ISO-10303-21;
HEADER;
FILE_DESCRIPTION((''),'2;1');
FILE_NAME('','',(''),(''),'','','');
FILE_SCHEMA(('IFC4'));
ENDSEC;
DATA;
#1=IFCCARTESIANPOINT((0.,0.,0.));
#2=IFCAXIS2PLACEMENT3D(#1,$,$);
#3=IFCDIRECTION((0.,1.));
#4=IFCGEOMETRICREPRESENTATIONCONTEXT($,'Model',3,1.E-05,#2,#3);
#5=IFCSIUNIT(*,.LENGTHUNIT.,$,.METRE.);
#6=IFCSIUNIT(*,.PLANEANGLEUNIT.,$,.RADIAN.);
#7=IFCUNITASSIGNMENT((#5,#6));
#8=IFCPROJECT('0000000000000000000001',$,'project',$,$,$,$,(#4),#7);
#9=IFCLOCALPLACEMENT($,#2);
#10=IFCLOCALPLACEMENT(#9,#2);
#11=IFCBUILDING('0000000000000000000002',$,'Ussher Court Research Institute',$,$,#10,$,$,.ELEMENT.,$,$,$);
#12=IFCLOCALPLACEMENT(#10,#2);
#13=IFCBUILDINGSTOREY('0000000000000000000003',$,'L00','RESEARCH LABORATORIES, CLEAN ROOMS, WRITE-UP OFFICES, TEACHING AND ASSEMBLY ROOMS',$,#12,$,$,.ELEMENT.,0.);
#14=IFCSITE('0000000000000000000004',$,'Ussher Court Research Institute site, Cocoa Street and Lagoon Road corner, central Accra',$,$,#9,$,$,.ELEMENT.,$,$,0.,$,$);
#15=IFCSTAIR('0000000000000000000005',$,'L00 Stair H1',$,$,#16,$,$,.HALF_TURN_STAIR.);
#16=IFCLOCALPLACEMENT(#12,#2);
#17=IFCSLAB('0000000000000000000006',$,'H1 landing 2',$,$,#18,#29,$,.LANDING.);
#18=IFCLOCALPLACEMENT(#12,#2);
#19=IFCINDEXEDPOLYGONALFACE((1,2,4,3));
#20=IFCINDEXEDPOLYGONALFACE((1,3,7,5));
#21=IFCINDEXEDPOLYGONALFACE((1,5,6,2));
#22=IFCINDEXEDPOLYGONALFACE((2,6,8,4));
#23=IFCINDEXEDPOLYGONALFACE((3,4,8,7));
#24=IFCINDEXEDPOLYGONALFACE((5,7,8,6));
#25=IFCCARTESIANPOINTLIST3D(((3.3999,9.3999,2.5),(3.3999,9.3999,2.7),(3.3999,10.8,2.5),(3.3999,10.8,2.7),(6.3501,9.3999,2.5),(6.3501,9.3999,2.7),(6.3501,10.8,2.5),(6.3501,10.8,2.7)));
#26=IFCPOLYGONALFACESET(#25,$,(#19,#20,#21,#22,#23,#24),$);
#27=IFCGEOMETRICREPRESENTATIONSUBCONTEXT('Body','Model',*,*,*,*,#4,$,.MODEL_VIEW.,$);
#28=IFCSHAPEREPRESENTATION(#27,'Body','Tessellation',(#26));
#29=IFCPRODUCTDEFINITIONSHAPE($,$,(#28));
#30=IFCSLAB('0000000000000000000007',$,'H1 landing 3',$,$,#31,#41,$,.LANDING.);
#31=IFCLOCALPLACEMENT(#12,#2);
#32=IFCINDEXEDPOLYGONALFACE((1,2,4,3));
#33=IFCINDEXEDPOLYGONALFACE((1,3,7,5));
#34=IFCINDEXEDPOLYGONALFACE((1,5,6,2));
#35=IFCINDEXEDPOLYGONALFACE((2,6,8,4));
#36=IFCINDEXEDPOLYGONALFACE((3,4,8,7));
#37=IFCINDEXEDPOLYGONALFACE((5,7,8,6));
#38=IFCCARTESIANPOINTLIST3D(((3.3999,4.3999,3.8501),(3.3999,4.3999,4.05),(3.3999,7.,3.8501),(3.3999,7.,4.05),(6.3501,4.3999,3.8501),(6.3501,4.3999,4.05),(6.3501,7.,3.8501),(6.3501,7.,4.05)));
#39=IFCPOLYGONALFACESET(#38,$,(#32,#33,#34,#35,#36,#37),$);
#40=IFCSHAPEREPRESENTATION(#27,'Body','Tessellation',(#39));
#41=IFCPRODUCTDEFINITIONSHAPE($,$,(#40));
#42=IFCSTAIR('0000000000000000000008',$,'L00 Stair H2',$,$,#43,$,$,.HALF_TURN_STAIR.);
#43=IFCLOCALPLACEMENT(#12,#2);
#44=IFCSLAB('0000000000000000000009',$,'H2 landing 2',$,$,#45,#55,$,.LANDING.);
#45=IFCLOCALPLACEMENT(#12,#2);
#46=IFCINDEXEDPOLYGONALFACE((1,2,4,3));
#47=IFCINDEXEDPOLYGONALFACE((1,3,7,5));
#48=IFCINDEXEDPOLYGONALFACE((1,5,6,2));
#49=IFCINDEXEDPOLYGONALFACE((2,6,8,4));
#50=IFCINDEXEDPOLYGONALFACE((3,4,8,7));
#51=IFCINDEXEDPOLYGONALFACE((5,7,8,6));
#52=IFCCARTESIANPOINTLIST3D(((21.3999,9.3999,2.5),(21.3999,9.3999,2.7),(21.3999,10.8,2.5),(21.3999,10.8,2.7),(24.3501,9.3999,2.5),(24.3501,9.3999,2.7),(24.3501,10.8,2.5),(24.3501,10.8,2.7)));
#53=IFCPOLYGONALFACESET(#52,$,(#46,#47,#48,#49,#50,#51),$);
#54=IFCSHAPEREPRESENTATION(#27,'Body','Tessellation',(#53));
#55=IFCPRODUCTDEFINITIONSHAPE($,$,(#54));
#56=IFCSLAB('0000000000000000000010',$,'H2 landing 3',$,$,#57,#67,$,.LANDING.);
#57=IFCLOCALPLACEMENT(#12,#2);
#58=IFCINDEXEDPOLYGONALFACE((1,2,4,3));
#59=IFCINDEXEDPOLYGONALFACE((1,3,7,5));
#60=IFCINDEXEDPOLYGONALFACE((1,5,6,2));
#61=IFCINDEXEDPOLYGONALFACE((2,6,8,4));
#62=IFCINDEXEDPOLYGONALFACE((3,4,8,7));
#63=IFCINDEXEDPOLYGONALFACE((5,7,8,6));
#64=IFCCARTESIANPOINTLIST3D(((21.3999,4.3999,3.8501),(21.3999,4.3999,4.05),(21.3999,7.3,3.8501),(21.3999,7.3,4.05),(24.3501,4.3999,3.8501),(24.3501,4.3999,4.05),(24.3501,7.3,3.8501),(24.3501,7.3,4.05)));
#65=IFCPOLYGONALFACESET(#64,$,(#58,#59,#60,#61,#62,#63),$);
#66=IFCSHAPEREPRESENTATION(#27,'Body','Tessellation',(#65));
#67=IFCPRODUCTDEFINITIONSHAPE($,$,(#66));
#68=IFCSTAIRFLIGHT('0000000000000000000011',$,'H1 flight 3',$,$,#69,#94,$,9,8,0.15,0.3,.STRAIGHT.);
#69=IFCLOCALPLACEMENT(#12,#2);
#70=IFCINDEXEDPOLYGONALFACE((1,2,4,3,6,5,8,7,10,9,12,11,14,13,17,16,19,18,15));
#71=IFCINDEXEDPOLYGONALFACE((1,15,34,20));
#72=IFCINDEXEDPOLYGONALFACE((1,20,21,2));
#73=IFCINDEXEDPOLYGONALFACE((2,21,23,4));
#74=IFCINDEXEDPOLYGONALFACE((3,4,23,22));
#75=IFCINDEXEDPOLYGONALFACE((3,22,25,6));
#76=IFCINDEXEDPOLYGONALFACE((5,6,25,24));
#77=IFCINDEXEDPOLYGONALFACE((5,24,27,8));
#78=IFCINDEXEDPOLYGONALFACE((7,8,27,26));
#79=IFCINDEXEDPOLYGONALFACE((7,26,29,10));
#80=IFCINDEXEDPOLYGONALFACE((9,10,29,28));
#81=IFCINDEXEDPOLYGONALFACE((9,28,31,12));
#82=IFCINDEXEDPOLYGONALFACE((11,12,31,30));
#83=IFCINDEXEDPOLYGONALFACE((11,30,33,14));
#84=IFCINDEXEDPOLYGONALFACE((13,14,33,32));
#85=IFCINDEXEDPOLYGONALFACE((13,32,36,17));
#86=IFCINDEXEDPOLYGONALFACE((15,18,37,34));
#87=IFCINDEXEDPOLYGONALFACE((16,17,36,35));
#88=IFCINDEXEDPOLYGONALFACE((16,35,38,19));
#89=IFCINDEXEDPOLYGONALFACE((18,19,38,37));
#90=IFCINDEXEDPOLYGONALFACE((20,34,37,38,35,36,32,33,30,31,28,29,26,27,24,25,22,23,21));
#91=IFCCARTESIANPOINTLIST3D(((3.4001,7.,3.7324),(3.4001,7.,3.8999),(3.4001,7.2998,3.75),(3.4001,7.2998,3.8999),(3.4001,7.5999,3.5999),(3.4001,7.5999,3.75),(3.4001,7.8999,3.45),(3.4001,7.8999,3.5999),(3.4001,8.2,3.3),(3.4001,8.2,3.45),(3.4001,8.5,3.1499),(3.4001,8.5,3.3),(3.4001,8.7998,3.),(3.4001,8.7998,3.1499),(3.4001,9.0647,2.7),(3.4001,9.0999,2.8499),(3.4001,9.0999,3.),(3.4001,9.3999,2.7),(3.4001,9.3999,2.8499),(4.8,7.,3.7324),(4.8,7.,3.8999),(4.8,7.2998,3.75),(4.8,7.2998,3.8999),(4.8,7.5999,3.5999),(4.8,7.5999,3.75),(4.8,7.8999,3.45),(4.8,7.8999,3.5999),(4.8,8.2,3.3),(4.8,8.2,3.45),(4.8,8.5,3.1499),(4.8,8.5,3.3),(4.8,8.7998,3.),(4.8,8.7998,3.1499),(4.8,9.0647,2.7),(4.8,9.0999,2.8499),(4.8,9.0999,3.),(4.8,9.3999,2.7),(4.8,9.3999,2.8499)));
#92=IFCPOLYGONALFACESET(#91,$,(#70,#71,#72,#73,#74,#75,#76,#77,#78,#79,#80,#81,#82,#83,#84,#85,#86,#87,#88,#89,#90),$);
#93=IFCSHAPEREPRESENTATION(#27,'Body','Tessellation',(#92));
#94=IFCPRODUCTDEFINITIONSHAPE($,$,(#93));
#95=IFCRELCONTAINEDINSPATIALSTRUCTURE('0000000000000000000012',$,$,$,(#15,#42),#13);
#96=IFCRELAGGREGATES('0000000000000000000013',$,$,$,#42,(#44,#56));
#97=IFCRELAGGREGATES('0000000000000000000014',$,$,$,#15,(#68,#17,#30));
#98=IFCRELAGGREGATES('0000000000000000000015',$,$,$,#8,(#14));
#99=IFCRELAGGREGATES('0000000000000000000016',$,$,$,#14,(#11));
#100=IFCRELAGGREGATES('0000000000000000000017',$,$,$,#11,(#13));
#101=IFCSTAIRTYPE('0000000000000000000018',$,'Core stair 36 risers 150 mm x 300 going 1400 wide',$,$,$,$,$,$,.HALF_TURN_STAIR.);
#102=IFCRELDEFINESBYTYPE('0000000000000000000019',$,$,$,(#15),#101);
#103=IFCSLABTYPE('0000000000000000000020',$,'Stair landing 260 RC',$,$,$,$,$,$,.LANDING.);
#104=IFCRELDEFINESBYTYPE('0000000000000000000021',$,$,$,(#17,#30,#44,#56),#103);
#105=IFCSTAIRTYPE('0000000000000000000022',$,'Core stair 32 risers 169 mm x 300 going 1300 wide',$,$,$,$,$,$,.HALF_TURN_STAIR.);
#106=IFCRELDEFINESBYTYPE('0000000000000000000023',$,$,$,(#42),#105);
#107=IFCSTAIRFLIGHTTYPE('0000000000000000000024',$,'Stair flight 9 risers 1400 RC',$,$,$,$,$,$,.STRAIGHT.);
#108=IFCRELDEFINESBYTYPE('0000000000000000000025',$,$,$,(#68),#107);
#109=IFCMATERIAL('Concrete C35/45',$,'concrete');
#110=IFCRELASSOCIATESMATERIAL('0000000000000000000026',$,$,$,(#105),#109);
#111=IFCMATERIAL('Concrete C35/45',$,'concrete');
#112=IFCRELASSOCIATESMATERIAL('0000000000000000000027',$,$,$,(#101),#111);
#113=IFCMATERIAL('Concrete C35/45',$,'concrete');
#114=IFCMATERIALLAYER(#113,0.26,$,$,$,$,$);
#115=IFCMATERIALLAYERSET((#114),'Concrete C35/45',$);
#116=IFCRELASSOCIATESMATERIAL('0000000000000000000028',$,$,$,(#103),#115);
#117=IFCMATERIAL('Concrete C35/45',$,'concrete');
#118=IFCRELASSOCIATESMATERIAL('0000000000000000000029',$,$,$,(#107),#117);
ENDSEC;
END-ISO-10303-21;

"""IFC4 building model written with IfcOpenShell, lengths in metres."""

from ifc_helpers import new_model, si_unit, direction, frame, origin, place, context, subcontext, project, spatial, polyline, outline, extrude, material, layer, layer_set, type_object, element, aggregate, save


model = new_model("IFC4")

# Units and contexts
model_context = context("Model", 3, precision=1e-05, world=origin(), true_north=direction((0.0, 1.0)))
body_context = subcontext(model_context, "Body", "Model", "MODEL_VIEW")
ifc_project = project(units=[si_unit("LENGTHUNIT", "METRE"), si_unit("PLANEANGLEUNIT", "RADIAN")], contexts=[model_context])

# Site, building, storey
site_placement = place(None, origin())
site = spatial("IfcSite", under=ifc_project, at=site_placement, Name="Ussher Court Research Institute site, Cocoa Street and Lagoon Road corner, central Accra", CompositionType="ELEMENT", RefElevation=0.0)
building_placement = place(site_placement, origin())
building = spatial("IfcBuilding", under=site, at=building_placement, Name="Ussher Court Research Institute", CompositionType="ELEMENT")
storey_placement = place(building_placement, origin())
storey = spatial("IfcBuildingStorey", under=building, at=storey_placement, Name="L00", Description="RESEARCH LABORATORIES, CLEAN ROOMS, WRITE-UP OFFICES, TEACHING AND ASSEMBLY ROOMS", CompositionType="ELEMENT", Elevation=0.0)

# Shared definitions
ifc_material_1 = material(Name="Concrete C35/45", Category="concrete")
stair_type_1 = type_object("IfcStairType", Name="Core stair 32 risers 169 mm x 300 going 1300 wide", PredefinedType="HALF_TURN_STAIR", material=ifc_material_1)

# Stairs, slabs
ifc_material_2 = material(Name="Concrete C35/45", Category="concrete")
stair_type_2 = type_object("IfcStairType", Name="Core stair 36 risers 150 mm x 300 going 1400 wide", PredefinedType="HALF_TURN_STAIR", material=ifc_material_2)
stair_1_placement = place(storey_placement, origin())
stair_1 = element("IfcStair", 1, at=stair_1_placement, inside=storey, type_object=stair_type_2, Name="L00 Stair H1", PredefinedType="HALF_TURN_STAIR")
ifc_material_3 = material(Name="Concrete C35/45", Category="concrete")
ifc_layer_1 = layer(ifc_material_3, 0.26)
ifc_layer_set_1 = layer_set([ifc_layer_1], Name="Concrete C35/45")
slab_type_1 = type_object("IfcSlabType", Name="Stair landing 260 RC", PredefinedType="LANDING", material=ifc_layer_set_1)
slab_1_placement = place(storey_placement, frame((0.0, 0.0, 2.5)))
slab_1 = element("IfcSlab", 2, at=slab_1_placement, type_object=slab_type_1, Name="H1 landing 2", PredefinedType="LANDING", context=body_context, shape_type="SweptSolid", body=[
    extrude(outline(polyline([(3.3999, 10.8), (3.3999, 9.3999), (6.3501, 9.3999), (6.3501, 10.8), (3.3999, 10.8)])), origin(), (0.0, 0.0, 1.0), 0.2),
])
slab_2_placement = place(storey_placement, frame((0.0, 0.0, 3.8501)))
slab_2 = element("IfcSlab", 3, at=slab_2_placement, type_object=slab_type_1, Name="H1 landing 3", PredefinedType="LANDING", context=body_context, shape_type="SweptSolid", body=[
    extrude(outline(polyline([(3.3999, 7.0), (3.3999, 4.3999), (6.3501, 4.3999), (6.3501, 7.0), (3.3999, 7.0)])), origin(), (0.0, 0.0, 1.0), 0.2),
])
stair_2_placement = place(storey_placement, origin())
stair_2 = element("IfcStair", 4, at=stair_2_placement, inside=storey, type_object=stair_type_1, Name="L00 Stair H2", PredefinedType="HALF_TURN_STAIR")
slab_3_placement = place(storey_placement, frame((0.0, 0.0, 2.5)))
slab_3 = element("IfcSlab", 5, at=slab_3_placement, type_object=slab_type_1, Name="H2 landing 2", PredefinedType="LANDING", context=body_context, shape_type="SweptSolid", body=[
    extrude(outline(polyline([(21.3999, 10.8), (21.3999, 9.3999), (24.3501, 9.3999), (24.3501, 10.8), (21.3999, 10.8)])), origin(), (0.0, 0.0, 1.0), 0.2),
])
slab_4_placement = place(storey_placement, frame((0.0, 0.0, 3.8501)))
slab_4 = element("IfcSlab", 6, at=slab_4_placement, type_object=slab_type_1, Name="H2 landing 3", PredefinedType="LANDING", context=body_context, shape_type="SweptSolid", body=[
    extrude(outline(polyline([(21.3999, 7.3), (21.3999, 4.3999), (24.3501, 4.3999), (24.3501, 7.3), (21.3999, 7.3)])), origin(), (0.0, 0.0, 1.0), 0.2),
])
aggregate(stair_2, [slab_3, slab_4])

# Stair flight
ifc_material_4 = material(Name="Concrete C35/45", Category="concrete")
stair_flight_type = type_object("IfcStairFlightType", Name="Stair flight 9 risers 1400 RC", PredefinedType="STRAIGHT", material=ifc_material_4)
stair_flight_placement = place(storey_placement, frame((4.1001, 9.3999, 2.7), z_axis=(0.0, 0.0, 1.0), x_axis=(0.0, -1.0, 0.0)))
stair_flight = element("IfcStairFlight", 7, at=stair_flight_placement, type_object=stair_flight_type, Name="H1 flight 3", NumberOfRisers=9, NumberOfTreads=8, PredefinedType="STRAIGHT", RiserHeight=0.15, TreadLength=0.3, context=body_context, shape_type="SweptSolid", body=[
    extrude(outline(polyline([(0.0, 0.0), (0.0, 0.1499), (0.3, 0.1499), (0.3, 0.3), (0.6001, 0.3), (0.6001, 0.45), (0.8999, 0.45), (0.8999, 0.6001), (1.2, 0.6001), (1.2, 0.75), (1.5, 0.75), (1.5, 0.8999), (1.8, 0.8999), (1.8, 1.05), (2.1001, 1.05), (2.1001, 1.2), (2.3999, 1.2), (2.3999, 1.3501), (2.3999, 1.0325), (0.3352, 0.0), (0.0, 0.0)])), frame((0.0, 0.7, 0.0), z_axis=(0.0, -1.0, 0.0), x_axis=(1.0, 0.0, 0.0)), (0.0, 0.0, 1.0), 1.3999),
])
aggregate(stair_1, [stair_flight, slab_1, slab_2])

save(model, "model.ifc")
